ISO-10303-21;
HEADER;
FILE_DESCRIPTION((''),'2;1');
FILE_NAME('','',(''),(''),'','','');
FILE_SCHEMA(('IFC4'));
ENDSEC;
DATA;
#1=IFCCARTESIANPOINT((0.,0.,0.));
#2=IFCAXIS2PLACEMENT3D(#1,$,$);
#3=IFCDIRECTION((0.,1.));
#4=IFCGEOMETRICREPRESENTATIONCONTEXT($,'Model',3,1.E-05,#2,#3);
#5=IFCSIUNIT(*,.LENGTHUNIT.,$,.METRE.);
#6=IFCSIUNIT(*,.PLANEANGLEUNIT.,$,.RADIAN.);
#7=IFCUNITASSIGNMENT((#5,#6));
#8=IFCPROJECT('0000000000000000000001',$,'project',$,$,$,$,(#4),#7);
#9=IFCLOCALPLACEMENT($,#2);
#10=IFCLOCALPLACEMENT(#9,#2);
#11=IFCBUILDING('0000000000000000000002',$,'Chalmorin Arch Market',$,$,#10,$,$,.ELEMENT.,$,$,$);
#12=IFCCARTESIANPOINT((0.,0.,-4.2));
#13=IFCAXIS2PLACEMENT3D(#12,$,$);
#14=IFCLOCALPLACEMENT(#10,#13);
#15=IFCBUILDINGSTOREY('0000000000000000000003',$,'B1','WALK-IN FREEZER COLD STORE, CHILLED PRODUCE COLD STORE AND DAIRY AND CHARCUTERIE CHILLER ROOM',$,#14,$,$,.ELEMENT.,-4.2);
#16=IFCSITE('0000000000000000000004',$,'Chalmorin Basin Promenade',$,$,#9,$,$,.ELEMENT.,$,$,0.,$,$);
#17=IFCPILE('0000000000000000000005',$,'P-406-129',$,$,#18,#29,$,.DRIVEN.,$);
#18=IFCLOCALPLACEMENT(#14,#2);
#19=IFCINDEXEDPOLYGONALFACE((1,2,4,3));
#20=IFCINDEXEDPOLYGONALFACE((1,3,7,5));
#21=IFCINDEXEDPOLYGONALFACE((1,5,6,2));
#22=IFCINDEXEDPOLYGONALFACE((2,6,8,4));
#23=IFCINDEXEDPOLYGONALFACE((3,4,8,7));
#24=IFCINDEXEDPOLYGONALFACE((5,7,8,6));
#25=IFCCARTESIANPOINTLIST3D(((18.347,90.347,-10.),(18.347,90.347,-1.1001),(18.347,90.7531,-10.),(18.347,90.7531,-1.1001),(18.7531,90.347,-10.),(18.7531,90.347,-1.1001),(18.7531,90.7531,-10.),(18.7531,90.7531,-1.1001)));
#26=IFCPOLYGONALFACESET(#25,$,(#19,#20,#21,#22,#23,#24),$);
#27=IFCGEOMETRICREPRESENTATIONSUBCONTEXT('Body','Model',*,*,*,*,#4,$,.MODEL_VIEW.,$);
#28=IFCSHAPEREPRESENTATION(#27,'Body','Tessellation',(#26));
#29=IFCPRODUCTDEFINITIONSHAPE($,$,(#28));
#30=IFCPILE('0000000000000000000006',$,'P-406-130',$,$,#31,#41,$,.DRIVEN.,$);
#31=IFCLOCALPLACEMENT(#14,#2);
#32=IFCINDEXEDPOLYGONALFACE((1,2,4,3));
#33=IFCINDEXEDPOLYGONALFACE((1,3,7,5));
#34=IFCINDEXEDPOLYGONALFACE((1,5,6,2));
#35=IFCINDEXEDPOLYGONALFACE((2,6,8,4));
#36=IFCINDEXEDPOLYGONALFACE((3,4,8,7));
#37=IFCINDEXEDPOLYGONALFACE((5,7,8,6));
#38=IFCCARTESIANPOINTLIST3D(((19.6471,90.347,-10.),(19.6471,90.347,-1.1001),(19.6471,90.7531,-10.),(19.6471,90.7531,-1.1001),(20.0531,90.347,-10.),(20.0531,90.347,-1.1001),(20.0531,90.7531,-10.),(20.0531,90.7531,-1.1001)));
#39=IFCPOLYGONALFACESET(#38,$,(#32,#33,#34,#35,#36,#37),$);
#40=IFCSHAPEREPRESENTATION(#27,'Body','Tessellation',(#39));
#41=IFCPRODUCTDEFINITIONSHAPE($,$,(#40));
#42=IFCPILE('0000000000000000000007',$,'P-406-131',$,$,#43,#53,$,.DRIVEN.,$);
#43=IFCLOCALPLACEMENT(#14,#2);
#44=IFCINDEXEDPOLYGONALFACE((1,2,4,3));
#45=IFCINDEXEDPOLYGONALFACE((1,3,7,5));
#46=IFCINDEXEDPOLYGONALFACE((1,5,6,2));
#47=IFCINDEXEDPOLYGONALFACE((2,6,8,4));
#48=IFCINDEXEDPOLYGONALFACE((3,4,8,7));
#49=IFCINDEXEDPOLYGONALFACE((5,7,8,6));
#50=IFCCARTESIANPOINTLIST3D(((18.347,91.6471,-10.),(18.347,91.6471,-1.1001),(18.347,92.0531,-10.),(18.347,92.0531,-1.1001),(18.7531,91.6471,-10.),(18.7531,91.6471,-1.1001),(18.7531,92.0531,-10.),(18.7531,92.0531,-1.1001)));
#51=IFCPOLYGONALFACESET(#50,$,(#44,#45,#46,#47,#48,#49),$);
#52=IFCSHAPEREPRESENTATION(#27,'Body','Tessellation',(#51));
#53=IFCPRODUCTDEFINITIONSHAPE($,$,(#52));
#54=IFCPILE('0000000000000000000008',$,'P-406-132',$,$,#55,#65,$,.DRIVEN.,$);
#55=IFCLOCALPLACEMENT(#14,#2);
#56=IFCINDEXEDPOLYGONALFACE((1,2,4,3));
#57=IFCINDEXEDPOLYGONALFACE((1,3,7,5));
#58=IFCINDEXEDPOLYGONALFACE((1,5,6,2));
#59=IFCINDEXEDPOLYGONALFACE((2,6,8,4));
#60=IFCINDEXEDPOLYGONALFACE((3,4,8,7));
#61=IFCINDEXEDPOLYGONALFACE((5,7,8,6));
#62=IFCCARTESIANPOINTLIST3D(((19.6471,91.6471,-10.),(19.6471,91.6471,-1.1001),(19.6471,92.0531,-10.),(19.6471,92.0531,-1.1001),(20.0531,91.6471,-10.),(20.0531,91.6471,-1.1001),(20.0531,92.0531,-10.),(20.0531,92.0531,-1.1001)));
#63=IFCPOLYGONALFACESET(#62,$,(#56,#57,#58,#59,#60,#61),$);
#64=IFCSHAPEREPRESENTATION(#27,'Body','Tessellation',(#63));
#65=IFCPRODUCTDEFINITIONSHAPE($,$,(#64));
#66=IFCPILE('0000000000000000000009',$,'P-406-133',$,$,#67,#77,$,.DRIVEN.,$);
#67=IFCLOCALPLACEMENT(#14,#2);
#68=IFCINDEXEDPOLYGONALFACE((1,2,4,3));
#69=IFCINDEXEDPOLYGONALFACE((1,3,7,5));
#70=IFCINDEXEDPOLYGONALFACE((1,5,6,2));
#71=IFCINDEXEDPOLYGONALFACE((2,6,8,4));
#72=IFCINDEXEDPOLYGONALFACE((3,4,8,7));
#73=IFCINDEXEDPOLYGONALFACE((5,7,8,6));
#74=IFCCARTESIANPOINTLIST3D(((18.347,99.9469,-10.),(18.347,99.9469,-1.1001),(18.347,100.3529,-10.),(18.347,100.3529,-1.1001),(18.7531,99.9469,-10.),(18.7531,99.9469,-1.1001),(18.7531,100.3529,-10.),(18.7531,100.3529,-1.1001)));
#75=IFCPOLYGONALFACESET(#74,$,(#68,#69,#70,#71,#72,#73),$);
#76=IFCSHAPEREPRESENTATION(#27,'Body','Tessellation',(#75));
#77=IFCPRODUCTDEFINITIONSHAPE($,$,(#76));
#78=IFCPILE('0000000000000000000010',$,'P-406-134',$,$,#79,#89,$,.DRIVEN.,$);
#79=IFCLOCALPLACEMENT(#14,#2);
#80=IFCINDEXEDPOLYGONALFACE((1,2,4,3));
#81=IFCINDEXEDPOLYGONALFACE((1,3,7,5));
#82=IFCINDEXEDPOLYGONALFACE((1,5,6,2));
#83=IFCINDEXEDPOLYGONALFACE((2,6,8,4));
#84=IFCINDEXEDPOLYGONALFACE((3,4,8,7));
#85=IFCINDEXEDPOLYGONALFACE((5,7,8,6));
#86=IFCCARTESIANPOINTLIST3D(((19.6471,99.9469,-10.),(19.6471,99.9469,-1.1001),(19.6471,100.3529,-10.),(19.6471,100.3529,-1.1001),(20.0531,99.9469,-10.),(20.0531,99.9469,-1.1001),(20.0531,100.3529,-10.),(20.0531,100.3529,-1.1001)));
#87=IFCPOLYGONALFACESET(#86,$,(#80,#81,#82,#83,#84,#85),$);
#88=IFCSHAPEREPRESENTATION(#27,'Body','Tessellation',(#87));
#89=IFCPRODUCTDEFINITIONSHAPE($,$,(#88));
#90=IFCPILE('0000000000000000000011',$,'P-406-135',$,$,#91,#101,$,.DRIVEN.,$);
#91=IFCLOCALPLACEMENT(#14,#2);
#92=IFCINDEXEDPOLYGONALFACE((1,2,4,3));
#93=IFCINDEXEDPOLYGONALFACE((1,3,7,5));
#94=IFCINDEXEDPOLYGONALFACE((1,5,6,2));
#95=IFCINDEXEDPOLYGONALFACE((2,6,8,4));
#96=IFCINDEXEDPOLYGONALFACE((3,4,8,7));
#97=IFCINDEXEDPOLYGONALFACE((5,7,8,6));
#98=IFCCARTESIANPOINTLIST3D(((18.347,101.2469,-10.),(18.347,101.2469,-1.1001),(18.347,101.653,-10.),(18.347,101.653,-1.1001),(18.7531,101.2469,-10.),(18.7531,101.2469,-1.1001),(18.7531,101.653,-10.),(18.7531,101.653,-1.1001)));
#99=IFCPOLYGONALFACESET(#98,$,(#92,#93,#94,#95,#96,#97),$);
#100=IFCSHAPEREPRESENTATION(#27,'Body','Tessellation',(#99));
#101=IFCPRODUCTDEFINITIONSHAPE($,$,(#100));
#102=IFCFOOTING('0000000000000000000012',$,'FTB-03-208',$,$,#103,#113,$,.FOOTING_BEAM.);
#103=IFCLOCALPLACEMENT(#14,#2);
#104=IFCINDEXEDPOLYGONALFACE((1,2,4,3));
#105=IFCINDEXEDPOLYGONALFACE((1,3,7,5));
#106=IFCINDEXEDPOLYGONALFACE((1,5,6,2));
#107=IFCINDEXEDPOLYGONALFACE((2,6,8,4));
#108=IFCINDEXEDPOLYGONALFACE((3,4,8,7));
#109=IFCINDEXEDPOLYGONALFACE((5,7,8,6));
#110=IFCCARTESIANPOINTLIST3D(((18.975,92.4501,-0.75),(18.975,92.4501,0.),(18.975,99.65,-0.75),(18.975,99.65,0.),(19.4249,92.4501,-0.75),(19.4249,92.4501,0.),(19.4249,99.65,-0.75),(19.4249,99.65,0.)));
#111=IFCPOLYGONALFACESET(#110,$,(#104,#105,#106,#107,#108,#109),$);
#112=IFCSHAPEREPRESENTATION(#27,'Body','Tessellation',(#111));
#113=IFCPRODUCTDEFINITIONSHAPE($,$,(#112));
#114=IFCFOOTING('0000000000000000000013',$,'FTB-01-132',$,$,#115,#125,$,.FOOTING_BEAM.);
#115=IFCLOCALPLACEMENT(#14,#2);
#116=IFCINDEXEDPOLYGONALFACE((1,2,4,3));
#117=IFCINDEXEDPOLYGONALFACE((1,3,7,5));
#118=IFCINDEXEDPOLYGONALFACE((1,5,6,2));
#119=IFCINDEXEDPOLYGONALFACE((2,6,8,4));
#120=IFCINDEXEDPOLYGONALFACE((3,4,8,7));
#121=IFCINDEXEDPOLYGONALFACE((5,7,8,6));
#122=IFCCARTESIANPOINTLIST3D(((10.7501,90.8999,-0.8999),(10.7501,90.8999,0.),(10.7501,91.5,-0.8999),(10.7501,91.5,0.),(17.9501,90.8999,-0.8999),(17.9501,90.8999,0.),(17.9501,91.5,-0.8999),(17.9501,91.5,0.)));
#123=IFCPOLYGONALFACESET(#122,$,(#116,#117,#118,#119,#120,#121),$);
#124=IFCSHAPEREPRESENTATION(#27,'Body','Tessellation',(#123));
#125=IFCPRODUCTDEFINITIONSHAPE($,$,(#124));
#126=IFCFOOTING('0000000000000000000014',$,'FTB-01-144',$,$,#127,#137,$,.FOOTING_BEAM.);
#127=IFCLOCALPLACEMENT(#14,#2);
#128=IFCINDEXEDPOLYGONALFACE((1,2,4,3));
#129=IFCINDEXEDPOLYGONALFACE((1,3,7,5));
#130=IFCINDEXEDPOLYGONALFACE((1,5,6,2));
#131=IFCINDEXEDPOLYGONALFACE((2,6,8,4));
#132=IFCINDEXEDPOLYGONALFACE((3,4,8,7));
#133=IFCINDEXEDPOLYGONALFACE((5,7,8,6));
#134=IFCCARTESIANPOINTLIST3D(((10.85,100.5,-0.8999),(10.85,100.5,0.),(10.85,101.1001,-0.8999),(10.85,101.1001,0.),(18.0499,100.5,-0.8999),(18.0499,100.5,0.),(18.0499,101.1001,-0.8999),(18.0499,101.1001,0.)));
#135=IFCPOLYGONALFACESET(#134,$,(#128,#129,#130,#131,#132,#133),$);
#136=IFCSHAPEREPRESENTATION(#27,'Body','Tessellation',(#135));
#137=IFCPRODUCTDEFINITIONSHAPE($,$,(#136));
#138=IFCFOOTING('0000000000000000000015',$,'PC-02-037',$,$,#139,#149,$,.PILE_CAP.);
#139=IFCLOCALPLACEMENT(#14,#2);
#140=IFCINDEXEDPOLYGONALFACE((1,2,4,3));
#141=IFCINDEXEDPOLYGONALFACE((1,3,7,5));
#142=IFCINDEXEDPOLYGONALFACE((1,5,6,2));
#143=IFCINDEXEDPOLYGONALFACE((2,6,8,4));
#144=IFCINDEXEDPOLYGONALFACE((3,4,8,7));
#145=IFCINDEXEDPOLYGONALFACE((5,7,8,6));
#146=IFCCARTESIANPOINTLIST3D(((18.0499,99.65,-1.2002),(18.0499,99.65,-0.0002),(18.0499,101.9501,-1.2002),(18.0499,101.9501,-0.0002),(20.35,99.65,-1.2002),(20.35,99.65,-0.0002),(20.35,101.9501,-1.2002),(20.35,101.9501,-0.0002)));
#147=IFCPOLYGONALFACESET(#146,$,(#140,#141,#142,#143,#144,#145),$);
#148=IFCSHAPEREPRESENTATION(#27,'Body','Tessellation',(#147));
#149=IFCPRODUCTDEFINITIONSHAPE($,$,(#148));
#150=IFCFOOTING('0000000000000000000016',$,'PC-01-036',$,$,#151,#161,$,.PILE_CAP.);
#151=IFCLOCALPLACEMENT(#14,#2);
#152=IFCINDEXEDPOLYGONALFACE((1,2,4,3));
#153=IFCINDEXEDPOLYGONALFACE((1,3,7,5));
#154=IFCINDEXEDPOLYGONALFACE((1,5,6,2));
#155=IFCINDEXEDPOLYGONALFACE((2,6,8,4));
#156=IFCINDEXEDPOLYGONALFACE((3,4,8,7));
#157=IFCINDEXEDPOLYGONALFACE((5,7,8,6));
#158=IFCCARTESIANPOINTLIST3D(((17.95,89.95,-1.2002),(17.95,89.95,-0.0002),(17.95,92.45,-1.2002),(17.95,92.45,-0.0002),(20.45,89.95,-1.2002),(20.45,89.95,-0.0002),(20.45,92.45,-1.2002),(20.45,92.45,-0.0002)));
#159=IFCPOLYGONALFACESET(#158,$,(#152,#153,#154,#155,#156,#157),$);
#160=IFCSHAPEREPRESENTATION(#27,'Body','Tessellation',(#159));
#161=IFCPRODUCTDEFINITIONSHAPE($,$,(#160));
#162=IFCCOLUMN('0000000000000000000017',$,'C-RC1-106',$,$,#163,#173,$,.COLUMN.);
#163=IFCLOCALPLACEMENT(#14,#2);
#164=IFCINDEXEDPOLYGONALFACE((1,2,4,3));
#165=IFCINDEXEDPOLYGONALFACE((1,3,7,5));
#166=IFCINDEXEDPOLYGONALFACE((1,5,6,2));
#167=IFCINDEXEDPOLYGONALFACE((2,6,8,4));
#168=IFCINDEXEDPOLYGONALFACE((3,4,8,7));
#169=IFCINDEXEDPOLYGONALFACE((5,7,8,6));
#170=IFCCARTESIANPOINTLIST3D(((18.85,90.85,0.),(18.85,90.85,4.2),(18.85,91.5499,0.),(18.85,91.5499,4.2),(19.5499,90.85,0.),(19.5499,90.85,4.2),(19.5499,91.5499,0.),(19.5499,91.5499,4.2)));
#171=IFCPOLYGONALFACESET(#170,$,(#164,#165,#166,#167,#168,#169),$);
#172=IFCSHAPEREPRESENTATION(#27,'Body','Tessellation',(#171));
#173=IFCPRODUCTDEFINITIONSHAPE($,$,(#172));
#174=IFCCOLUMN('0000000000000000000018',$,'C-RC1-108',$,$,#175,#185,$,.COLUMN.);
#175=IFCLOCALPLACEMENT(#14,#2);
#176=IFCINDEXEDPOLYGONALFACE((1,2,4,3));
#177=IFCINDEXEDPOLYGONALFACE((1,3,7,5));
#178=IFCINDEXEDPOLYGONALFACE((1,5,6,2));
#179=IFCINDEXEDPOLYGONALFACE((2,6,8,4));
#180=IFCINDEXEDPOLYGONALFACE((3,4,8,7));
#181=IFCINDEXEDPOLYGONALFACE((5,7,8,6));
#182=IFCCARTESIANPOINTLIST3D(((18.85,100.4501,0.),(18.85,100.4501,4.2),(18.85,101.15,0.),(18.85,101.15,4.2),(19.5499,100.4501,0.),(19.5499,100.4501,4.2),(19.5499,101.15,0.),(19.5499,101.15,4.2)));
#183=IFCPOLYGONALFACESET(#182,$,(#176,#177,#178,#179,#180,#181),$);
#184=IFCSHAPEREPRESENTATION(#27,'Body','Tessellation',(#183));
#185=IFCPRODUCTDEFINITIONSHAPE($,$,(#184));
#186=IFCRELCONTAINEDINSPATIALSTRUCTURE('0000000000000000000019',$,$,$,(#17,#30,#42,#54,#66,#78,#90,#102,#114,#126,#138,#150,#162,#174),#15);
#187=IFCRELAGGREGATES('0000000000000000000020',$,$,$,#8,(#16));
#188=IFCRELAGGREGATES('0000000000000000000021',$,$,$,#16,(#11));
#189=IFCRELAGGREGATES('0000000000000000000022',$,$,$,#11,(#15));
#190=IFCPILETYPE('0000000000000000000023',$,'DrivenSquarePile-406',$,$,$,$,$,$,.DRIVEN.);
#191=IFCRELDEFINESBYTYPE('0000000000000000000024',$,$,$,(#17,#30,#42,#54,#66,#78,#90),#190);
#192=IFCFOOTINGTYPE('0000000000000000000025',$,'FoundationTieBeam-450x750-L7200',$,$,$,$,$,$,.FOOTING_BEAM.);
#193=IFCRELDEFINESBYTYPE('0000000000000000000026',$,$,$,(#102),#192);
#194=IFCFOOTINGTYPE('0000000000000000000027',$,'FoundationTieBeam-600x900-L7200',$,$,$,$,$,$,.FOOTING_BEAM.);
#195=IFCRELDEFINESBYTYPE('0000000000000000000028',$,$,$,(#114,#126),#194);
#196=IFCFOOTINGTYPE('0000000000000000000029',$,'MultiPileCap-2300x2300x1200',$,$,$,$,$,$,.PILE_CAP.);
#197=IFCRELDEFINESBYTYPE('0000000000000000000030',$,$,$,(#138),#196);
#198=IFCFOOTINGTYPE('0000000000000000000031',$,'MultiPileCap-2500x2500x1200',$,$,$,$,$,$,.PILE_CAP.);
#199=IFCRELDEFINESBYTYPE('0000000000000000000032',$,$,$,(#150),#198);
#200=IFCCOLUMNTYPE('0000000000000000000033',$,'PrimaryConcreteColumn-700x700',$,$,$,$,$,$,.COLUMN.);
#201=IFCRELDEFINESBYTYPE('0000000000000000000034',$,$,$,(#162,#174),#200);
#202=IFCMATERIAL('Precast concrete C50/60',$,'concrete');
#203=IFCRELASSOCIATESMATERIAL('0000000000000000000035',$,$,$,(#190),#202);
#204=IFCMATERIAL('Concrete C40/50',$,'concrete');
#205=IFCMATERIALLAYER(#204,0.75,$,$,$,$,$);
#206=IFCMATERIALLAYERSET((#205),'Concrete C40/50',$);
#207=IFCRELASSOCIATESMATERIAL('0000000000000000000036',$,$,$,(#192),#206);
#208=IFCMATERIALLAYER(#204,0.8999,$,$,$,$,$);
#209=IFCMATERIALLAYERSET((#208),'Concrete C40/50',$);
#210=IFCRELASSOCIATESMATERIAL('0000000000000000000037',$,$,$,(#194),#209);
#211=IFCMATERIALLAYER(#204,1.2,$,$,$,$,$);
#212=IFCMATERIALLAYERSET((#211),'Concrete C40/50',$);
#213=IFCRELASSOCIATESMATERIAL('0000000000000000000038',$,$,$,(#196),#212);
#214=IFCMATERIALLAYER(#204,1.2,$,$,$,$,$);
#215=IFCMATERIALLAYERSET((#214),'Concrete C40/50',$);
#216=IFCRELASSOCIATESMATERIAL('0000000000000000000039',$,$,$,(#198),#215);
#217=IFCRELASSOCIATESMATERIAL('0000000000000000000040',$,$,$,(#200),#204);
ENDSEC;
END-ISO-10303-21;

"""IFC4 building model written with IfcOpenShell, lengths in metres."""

from ifc_helpers import new_model, si_unit, direction, frame, origin, origin_2d, place, context, subcontext, project, spatial, rectangle, extrude, material, layer, layer_set, material_profile, profile_set, type_object, element, save


model = new_model("IFC4")

# Units and contexts
model_context = context("Model", 3, precision=1e-05, world=origin(), true_north=direction((0.0, 1.0)))
body_context = subcontext(model_context, "Body", "Model", "MODEL_VIEW")
ifc_project = project(units=[si_unit("LENGTHUNIT", "METRE"), si_unit("PLANEANGLEUNIT", "RADIAN")], contexts=[model_context])

# Site, building, storey
site_placement = place(None, origin())
site = spatial("IfcSite", under=ifc_project, at=site_placement, Name="Chalmorin Basin Promenade", CompositionType="ELEMENT", RefElevation=0.0)
building_placement = place(site_placement, origin())
building = spatial("IfcBuilding", under=site, at=building_placement, Name="Chalmorin Arch Market", CompositionType="ELEMENT")
storey_placement = place(building_placement, frame((0.0, 0.0, -4.2)))
storey = spatial("IfcBuildingStorey", under=building, at=storey_placement, Name="B1", Description="WALK-IN FREEZER COLD STORE, CHILLED PRODUCE COLD STORE AND DAIRY AND CHARCUTERIE CHILLER ROOM", CompositionType="ELEMENT", Elevation=-4.2)

# Piles
ifc_material_1 = material(Name="Precast concrete C50/60", Category="concrete")
ifc_material_profile_1 = material_profile(ifc_material_1, rectangle(XDim=0.406, YDim=0.406, at=origin_2d()), Name="PPC406")
ifc_profile_set_1 = profile_set([ifc_material_profile_1], Name="Precast concrete C50/60")
pile_type = type_object("IfcPileType", Name="DrivenSquarePile-406", PredefinedType="DRIVEN", material=ifc_profile_set_1)
for number, where, z_axis, x_axis, name in (
    (1, (18.55, 90.55, -1.1001), (0.0, 0.0, -1.0), (1.0, 0.0, 0.0), "P-406-129"),
    (2, (19.8501, 90.55, -1.1001), (0.0, 0.0, -1.0), (1.0, 0.0, 0.0), "P-406-130"),
    (3, (18.55, 91.8501, -1.1001), (0.0, 0.0, -1.0), (1.0, 0.0, 0.0), "P-406-131"),
    (4, (19.8501, 91.8501, -1.1001), (0.0, 0.0, -1.0), (1.0, 0.0, 0.0), "P-406-132"),
    (5, (18.55, 100.1499, -1.1001), (0.0, 0.0, -1.0), (1.0, 0.0, 0.0), "P-406-133"),
    (6, (19.8501, 100.1499, -1.1001), (0.0, 0.0, -1.0), (1.0, 0.0, 0.0), "P-406-134"),
    (7, (18.55, 101.45, -1.1001), (0.0, 0.0, -1.0), (1.0, 0.0, 0.0), "P-406-135"),
):
    element("IfcPile", number, at=place(storey_placement, frame(where, z_axis=z_axis, x_axis=x_axis)), inside=storey, type_object=pile_type, Name=name, PredefinedType="DRIVEN", context=body_context, shape_type="SweptSolid", body=[
        extrude(rectangle(XDim=0.406, YDim=0.406, at=origin_2d()), origin(), (0.0, 0.0, 1.0), 8.8999),
    ])

# Footings
ifc_material_2 = material(Name="Concrete C40/50", Category="concrete")
ifc_layer_1 = layer(ifc_material_2, 0.75)
ifc_layer_set_1 = layer_set([ifc_layer_1], Name="Concrete C40/50")
footing_type_1 = type_object("IfcFootingType", Name="FoundationTieBeam-450x750-L7200", PredefinedType="FOOTING_BEAM", material=ifc_layer_set_1)
footing_1_placement = place(storey_placement, frame((19.2, 96.05, -0.75), z_axis=(0.0, 0.0, 1.0), x_axis=(0.0, 1.0, 0.0)))
element("IfcFooting", 8, at=footing_1_placement, inside=storey, type_object=footing_type_1, Name="FTB-03-208", PredefinedType="FOOTING_BEAM", context=body_context, shape_type="SweptSolid", body=[
    extrude(rectangle(XDim=7.2, YDim=0.45, at=origin_2d()), origin(), (0.0, 0.0, 1.0), 0.75),
])
ifc_layer_2 = layer(ifc_material_2, 0.8999)
ifc_layer_set_2 = layer_set([ifc_layer_2], Name="Concrete C40/50")
footing_type_2 = type_object("IfcFootingType", Name="FoundationTieBeam-600x900-L7200", PredefinedType="FOOTING_BEAM", material=ifc_layer_set_2)
for number, where, z_axis, x_axis, name in (
    (9, (14.3501, 91.2, -0.8999), (0.0, 0.0, 1.0), (1.0, 0.0, 0.0), "FTB-01-132"),
    (10, (14.45, 100.8, -0.8999), (0.0, 0.0, 1.0), (1.0, 0.0, 0.0), "FTB-01-144"),
):
    element("IfcFooting", number, at=place(storey_placement, frame(where, z_axis=z_axis, x_axis=x_axis)), inside=storey, type_object=footing_type_2, Name=name, PredefinedType="FOOTING_BEAM", context=body_context, shape_type="SweptSolid", body=[
        extrude(rectangle(XDim=7.2, YDim=0.6001, at=origin_2d()), origin(), (0.0, 0.0, 1.0), 0.8999),
    ])
ifc_layer_3 = layer(ifc_material_2, 1.2)
ifc_layer_set_3 = layer_set([ifc_layer_3], Name="Concrete C40/50")
footing_type_3 = type_object("IfcFootingType", Name="MultiPileCap-2300x2300x1200", PredefinedType="PILE_CAP", material=ifc_layer_set_3)
footing_2_placement = place(storey_placement, frame((19.2, 100.8, -1.2002), z_axis=(0.0, 0.0, 1.0), x_axis=(1.0, 0.0, 0.0)))
element("IfcFooting", 11, at=footing_2_placement, inside=storey, type_object=footing_type_3, Name="PC-02-037", PredefinedType="PILE_CAP", context=body_context, shape_type="SweptSolid", body=[
    extrude(rectangle(XDim=2.3, YDim=2.3, at=origin_2d()), origin(), (0.0, 0.0, 1.0), 1.2),
])
ifc_layer_4 = layer(ifc_material_2, 1.2)
ifc_layer_set_4 = layer_set([ifc_layer_4], Name="Concrete C40/50")
footing_type_4 = type_object("IfcFootingType", Name="MultiPileCap-2500x2500x1200", PredefinedType="PILE_CAP", material=ifc_layer_set_4)
footing_3_placement = place(storey_placement, frame((19.2, 91.2, -1.2002), z_axis=(0.0, 0.0, 1.0), x_axis=(1.0, 0.0, 0.0)))
element("IfcFooting", 12, at=footing_3_placement, inside=storey, type_object=footing_type_4, Name="PC-01-036", PredefinedType="PILE_CAP", context=body_context, shape_type="SweptSolid", body=[
    extrude(rectangle(XDim=2.5, YDim=2.5, at=origin_2d()), origin(), (0.0, 0.0, 1.0), 1.2),
])

# Columns
ifc_material_profile_2 = material_profile(ifc_material_2, rectangle(XDim=0.7, YDim=0.7, at=origin_2d()), Name="RC700X700")
ifc_profile_set_2 = profile_set([ifc_material_profile_2], Name="Concrete C40/50")
column_type = type_object("IfcColumnType", Name="PrimaryConcreteColumn-700x700", PredefinedType="COLUMN", material=ifc_profile_set_2)
for number, where, z_axis, x_axis, name in (
    (13, (19.2, 91.2, 0.0), (0.0, 0.0, 1.0), (1.0, 0.0, 0.0), "C-RC1-106"),
    (14, (19.2, 100.8, 0.0), (0.0, 0.0, 1.0), (1.0, 0.0, 0.0), "C-RC1-108"),
):
    element("IfcColumn", number, at=place(storey_placement, frame(where, z_axis=z_axis, x_axis=x_axis)), inside=storey, type_object=column_type, Name=name, PredefinedType="COLUMN", context=body_context, shape_type="SweptSolid", body=[
        extrude(rectangle(XDim=0.7, YDim=0.7, at=origin_2d()), origin(), (0.0, 0.0, 1.0), 4.2),
    ])

save(model, "model.ifc")
